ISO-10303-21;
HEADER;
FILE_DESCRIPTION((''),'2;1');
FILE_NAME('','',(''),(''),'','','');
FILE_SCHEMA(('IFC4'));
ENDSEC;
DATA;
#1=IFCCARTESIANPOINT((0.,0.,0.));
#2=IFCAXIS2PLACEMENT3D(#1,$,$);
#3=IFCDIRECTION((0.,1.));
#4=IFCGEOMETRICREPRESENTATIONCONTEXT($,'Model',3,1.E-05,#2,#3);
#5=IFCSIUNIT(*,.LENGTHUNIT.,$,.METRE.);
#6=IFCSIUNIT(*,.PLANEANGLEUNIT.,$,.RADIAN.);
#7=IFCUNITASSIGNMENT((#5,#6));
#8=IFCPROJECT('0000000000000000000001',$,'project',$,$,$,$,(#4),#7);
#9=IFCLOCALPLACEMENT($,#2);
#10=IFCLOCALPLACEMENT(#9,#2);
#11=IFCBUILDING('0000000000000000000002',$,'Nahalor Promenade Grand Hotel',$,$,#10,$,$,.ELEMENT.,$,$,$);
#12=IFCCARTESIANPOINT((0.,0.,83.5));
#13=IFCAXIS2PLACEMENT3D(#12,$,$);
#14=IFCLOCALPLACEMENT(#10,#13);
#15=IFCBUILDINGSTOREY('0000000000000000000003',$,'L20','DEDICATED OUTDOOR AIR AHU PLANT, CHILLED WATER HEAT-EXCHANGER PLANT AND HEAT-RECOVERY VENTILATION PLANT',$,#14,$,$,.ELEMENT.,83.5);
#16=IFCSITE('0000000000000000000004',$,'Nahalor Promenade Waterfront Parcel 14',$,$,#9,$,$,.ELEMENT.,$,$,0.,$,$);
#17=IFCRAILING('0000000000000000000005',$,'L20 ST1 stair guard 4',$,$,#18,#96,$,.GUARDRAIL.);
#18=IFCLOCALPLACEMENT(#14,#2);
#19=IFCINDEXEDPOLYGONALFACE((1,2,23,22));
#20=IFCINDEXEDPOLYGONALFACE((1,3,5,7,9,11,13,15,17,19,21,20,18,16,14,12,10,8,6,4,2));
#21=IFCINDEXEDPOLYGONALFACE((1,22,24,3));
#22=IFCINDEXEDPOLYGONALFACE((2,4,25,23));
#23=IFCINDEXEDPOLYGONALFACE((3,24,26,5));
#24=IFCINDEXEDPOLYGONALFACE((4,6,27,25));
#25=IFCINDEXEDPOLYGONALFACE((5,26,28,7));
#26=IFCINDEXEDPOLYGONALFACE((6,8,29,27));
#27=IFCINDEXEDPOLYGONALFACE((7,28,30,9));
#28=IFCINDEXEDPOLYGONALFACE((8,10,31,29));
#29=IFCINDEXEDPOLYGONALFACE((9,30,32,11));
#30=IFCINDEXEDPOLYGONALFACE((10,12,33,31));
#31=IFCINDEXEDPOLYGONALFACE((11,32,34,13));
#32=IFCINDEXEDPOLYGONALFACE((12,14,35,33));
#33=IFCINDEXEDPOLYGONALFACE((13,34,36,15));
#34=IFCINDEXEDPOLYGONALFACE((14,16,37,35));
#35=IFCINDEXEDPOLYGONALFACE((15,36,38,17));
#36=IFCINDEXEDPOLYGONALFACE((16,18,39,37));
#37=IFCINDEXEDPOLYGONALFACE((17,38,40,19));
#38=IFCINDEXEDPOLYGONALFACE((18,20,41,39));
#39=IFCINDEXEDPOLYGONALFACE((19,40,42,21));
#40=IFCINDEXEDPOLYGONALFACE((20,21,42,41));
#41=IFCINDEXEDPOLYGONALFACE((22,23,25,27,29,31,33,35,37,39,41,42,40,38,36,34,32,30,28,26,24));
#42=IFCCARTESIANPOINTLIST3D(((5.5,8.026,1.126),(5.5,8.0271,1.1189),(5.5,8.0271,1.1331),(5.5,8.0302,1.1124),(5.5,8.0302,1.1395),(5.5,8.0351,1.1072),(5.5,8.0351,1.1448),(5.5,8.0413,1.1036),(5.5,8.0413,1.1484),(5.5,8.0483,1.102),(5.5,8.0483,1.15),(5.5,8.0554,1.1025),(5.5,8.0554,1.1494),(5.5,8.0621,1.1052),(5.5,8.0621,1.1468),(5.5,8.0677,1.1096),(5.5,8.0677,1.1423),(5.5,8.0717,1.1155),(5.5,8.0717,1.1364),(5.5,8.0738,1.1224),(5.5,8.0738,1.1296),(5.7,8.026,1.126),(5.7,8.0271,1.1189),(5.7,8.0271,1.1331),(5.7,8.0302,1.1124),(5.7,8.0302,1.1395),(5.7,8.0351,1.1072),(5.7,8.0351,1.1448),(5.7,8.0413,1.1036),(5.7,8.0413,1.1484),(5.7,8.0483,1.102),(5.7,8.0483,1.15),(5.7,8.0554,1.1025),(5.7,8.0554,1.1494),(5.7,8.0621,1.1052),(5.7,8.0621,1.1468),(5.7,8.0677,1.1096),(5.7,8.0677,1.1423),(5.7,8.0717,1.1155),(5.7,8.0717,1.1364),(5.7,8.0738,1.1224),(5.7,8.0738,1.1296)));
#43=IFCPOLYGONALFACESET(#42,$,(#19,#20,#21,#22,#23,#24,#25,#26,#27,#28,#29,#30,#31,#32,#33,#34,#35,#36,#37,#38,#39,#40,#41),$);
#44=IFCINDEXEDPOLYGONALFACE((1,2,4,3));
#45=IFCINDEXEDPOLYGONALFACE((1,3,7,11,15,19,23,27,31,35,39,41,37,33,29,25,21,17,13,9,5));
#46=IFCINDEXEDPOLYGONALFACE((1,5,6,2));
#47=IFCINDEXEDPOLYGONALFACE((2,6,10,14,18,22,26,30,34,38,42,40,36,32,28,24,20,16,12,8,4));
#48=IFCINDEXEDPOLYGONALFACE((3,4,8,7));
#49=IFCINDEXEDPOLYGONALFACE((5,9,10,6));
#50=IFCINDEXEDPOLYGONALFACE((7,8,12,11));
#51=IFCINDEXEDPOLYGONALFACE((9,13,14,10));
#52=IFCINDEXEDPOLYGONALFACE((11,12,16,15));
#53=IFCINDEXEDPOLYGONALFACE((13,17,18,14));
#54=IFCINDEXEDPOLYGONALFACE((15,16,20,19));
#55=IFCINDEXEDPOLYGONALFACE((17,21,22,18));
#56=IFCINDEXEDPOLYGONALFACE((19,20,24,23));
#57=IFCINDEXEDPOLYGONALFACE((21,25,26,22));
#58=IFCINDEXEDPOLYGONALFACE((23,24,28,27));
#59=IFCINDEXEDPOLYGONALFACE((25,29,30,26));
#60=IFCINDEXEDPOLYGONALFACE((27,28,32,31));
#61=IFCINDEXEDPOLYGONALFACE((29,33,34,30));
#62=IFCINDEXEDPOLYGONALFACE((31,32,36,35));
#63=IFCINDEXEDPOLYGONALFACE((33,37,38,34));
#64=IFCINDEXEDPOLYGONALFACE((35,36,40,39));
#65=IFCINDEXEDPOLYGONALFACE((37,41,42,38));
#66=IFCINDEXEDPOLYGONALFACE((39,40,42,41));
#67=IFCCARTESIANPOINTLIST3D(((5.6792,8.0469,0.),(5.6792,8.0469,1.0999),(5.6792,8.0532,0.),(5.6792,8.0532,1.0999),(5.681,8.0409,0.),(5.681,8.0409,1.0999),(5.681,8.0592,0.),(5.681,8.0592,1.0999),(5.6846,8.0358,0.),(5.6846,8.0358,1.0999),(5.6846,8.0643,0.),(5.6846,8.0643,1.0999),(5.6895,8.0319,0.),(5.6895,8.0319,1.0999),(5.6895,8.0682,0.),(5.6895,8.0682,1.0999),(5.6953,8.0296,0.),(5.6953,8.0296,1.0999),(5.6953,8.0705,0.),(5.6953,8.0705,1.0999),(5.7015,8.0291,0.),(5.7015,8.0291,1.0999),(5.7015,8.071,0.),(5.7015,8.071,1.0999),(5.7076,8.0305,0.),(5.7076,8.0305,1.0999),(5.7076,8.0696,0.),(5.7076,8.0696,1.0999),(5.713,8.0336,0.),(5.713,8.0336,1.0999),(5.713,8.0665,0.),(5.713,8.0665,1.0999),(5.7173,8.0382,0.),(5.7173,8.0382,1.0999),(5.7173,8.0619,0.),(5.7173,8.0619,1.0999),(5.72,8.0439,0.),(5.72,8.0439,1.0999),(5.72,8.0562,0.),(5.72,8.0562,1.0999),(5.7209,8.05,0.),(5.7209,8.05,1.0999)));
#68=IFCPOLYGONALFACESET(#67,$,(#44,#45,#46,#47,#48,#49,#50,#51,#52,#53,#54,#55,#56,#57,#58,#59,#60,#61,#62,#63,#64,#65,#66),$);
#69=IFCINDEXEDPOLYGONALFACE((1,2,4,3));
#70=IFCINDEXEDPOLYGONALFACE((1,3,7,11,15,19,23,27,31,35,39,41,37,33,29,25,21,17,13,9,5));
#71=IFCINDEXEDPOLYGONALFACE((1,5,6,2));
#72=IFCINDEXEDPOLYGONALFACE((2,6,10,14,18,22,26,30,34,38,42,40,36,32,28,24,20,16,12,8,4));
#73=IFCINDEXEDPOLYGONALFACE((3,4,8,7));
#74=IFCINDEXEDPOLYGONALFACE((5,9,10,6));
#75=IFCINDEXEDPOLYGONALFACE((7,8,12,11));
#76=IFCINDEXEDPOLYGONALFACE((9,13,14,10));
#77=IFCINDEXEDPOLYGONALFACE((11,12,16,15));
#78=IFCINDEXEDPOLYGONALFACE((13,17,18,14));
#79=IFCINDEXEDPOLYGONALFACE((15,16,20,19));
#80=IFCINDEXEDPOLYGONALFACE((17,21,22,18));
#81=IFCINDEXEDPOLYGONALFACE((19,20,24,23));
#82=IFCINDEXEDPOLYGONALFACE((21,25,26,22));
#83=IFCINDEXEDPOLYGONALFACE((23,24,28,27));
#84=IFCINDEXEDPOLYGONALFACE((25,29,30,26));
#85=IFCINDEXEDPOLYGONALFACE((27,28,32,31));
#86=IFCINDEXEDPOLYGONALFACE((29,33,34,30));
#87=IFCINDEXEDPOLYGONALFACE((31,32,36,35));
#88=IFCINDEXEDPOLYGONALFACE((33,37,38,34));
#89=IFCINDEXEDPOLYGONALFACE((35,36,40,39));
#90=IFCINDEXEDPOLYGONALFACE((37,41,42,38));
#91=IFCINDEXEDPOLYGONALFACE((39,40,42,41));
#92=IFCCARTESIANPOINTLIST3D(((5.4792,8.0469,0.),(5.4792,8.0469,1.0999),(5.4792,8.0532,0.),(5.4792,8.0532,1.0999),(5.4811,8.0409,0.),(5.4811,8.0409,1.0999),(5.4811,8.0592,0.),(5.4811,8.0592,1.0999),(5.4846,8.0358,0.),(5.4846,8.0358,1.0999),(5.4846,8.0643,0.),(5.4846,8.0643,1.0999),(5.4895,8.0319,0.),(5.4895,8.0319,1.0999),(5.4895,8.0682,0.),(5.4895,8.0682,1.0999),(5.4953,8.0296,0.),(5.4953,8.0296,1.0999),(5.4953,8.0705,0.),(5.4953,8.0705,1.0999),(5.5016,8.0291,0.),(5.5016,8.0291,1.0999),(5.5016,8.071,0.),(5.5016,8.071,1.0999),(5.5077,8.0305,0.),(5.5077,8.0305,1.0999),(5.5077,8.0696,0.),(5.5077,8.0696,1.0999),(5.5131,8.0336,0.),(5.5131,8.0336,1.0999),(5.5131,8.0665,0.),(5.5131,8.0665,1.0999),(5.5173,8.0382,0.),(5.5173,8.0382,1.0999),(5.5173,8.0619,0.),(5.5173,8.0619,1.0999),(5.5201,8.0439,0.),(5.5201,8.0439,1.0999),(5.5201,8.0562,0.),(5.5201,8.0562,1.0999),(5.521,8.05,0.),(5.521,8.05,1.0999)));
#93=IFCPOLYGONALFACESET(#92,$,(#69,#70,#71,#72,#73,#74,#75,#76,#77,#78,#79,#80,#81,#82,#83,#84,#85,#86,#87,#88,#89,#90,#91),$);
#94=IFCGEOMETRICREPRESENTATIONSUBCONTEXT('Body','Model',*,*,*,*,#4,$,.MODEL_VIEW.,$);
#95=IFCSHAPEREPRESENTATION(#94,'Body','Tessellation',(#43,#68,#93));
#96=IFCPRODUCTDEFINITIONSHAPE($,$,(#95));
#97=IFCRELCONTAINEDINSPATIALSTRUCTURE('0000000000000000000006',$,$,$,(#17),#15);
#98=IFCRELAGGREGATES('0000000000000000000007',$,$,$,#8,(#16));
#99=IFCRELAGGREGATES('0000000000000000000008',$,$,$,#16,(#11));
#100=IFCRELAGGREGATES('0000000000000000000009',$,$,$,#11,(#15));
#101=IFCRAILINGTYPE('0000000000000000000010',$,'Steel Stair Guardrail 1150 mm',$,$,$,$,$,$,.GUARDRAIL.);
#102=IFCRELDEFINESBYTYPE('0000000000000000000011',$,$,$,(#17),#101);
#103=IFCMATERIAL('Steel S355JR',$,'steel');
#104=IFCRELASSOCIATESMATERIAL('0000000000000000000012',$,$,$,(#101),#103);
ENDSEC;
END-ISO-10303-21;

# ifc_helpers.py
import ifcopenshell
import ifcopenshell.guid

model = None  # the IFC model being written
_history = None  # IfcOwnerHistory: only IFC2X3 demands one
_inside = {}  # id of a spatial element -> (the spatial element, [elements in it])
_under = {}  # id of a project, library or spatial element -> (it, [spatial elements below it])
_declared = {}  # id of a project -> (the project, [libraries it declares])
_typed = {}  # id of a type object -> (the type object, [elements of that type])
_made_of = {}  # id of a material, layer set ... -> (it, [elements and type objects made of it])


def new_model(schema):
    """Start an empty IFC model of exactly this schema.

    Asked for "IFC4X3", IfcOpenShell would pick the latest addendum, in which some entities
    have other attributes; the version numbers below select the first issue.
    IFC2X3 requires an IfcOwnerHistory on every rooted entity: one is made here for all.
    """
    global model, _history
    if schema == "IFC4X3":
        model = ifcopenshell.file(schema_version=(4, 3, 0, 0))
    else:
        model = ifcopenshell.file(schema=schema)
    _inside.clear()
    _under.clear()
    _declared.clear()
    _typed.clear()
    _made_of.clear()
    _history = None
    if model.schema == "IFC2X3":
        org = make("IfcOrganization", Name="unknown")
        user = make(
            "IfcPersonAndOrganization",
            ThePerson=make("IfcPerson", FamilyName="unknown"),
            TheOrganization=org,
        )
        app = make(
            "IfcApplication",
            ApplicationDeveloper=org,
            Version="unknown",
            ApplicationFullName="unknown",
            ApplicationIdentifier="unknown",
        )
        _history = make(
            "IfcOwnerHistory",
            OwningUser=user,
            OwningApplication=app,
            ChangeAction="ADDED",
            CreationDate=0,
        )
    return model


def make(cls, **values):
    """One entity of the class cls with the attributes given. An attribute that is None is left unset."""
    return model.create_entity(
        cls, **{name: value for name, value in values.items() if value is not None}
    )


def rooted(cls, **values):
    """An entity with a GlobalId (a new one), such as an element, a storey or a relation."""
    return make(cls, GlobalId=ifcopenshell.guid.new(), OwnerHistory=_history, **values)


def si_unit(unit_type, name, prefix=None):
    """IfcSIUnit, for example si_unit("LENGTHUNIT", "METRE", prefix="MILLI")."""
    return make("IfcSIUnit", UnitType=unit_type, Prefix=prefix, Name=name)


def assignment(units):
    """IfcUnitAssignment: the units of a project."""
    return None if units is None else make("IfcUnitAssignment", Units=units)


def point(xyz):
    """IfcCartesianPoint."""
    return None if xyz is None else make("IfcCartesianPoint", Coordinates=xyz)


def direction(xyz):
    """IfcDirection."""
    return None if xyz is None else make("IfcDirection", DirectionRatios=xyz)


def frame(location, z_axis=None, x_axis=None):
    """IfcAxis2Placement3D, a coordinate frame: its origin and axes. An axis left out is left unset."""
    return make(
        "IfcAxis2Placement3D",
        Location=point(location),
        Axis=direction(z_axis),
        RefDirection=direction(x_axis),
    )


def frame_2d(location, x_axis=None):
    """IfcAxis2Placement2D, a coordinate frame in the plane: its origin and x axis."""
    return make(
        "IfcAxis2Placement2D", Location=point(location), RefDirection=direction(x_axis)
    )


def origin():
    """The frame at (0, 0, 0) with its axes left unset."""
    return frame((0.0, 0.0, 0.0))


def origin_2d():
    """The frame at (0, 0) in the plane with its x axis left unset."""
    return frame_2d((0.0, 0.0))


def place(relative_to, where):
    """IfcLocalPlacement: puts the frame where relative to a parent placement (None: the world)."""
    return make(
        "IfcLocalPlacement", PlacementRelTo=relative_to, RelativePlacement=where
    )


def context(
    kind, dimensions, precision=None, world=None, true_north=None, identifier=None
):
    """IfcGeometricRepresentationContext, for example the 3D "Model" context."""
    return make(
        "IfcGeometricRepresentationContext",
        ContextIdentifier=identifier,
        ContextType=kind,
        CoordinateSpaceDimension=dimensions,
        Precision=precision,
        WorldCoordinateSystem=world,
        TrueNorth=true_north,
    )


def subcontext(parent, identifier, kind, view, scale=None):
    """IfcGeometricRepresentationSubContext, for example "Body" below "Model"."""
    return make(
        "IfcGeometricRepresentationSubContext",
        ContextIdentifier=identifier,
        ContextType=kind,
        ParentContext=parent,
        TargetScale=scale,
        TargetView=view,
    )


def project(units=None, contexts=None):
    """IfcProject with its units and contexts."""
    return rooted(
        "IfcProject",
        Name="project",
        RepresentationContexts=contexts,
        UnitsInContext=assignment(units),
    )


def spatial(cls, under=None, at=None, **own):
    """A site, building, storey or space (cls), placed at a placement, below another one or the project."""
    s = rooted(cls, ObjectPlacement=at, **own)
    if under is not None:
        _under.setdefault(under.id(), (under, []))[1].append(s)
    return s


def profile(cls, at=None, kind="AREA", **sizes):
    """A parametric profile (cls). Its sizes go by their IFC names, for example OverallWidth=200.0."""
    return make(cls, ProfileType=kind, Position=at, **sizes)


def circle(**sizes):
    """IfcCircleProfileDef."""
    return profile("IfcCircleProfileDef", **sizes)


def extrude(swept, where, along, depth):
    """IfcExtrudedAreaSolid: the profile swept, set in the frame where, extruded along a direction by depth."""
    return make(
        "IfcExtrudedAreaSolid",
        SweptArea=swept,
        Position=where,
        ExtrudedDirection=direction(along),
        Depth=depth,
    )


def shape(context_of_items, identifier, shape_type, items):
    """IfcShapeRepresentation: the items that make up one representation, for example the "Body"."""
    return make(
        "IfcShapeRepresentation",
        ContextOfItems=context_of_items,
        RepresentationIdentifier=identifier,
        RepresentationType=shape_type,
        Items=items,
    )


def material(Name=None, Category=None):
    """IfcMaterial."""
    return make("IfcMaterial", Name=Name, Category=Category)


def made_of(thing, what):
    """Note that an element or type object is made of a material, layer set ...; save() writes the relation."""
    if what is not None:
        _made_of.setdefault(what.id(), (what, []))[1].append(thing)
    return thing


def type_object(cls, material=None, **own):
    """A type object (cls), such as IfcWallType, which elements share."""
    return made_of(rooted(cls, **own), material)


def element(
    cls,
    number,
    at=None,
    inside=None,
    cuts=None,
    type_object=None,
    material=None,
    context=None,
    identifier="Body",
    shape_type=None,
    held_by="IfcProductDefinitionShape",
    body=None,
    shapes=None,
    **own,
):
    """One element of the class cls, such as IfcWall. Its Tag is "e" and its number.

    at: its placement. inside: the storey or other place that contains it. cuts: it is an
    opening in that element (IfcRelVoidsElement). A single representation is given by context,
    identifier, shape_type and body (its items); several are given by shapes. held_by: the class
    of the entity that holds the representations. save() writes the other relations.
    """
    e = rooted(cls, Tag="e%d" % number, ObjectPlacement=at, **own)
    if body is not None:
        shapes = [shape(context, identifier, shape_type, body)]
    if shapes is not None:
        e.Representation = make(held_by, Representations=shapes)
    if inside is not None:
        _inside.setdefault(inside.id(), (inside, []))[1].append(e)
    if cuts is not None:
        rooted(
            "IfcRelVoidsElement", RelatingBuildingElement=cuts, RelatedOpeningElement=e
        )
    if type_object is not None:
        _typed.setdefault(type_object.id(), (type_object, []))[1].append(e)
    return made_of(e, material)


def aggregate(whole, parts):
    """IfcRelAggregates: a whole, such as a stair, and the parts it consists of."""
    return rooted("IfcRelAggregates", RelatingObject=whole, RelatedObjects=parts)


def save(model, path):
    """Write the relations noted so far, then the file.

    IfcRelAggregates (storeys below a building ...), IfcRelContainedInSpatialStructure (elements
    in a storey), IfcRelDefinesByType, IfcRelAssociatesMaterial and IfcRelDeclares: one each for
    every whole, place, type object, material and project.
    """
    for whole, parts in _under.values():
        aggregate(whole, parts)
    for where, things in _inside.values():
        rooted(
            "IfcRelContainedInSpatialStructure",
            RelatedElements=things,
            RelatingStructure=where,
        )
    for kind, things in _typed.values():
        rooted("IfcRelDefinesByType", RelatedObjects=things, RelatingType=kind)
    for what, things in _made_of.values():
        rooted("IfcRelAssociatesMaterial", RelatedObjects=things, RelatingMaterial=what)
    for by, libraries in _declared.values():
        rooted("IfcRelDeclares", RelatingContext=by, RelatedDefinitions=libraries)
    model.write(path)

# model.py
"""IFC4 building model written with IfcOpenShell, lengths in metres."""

from ifc_helpers import new_model, si_unit, direction, frame, origin, origin_2d, place, context, subcontext, project, spatial, circle, extrude, material, type_object, element, save


model = new_model("IFC4")

# Units and contexts
model_context = context("Model", 3, precision=1e-05, world=origin(), true_north=direction((0.0, 1.0)))
body_context = subcontext(model_context, "Body", "Model", "MODEL_VIEW")
ifc_project = project(units=[si_unit("LENGTHUNIT", "METRE"), si_unit("PLANEANGLEUNIT", "RADIAN")], contexts=[model_context])

# Site, building, storey
site_placement = place(None, origin())
site = spatial("IfcSite", under=ifc_project, at=site_placement, Name="Nahalor Promenade Waterfront Parcel 14", CompositionType="ELEMENT", RefElevation=0.0)
building_placement = place(site_placement, origin())
building = spatial("IfcBuilding", under=site, at=building_placement, Name="Nahalor Promenade Grand Hotel", CompositionType="ELEMENT")
storey_placement = place(building_placement, frame((0.0, 0.0, 83.5)))
storey = spatial("IfcBuildingStorey", under=building, at=storey_placement, Name="L20", Description="DEDICATED OUTDOOR AIR AHU PLANT, CHILLED WATER HEAT-EXCHANGER PLANT AND HEAT-RECOVERY VENTILATION PLANT", CompositionType="ELEMENT", Elevation=83.5)

# Shared definitions
ifc_material_1 = material(Name="Steel S355JR", Category="steel")

# Railing
railing_type_1 = type_object("IfcRailingType", Name="Steel Stair Guardrail 1150 mm", PredefinedType="GUARDRAIL", material=ifc_material_1)
railing_1_placement = place(storey_placement, frame((5.7, 8.05, 0.0)))
element("IfcRailing", 1, at=railing_1_placement, inside=storey, type_object=railing_type_1, Name="L20 ST1 stair guard 4", PredefinedType="GUARDRAIL", context=body_context, shape_type="SweptSolid", body=[
    extrude(circle(Radius=0.024, at=origin_2d()), frame((0.0, 0.0, 1.126), z_axis=(-1.0, 0.0, 0.0), x_axis=(0.0, -1.0, 0.0)), (0.0, 0.0, 1.0), 0.2),
    extrude(circle(Radius=0.021, at=origin_2d()), origin(), (0.0, 0.0, 1.0), 1.0999),
    extrude(circle(Radius=0.021, at=origin_2d()), frame((-0.2, 0.0, 0.0)), (0.0, 0.0, 1.0), 1.0999),
])

save(model, "model.ifc")
